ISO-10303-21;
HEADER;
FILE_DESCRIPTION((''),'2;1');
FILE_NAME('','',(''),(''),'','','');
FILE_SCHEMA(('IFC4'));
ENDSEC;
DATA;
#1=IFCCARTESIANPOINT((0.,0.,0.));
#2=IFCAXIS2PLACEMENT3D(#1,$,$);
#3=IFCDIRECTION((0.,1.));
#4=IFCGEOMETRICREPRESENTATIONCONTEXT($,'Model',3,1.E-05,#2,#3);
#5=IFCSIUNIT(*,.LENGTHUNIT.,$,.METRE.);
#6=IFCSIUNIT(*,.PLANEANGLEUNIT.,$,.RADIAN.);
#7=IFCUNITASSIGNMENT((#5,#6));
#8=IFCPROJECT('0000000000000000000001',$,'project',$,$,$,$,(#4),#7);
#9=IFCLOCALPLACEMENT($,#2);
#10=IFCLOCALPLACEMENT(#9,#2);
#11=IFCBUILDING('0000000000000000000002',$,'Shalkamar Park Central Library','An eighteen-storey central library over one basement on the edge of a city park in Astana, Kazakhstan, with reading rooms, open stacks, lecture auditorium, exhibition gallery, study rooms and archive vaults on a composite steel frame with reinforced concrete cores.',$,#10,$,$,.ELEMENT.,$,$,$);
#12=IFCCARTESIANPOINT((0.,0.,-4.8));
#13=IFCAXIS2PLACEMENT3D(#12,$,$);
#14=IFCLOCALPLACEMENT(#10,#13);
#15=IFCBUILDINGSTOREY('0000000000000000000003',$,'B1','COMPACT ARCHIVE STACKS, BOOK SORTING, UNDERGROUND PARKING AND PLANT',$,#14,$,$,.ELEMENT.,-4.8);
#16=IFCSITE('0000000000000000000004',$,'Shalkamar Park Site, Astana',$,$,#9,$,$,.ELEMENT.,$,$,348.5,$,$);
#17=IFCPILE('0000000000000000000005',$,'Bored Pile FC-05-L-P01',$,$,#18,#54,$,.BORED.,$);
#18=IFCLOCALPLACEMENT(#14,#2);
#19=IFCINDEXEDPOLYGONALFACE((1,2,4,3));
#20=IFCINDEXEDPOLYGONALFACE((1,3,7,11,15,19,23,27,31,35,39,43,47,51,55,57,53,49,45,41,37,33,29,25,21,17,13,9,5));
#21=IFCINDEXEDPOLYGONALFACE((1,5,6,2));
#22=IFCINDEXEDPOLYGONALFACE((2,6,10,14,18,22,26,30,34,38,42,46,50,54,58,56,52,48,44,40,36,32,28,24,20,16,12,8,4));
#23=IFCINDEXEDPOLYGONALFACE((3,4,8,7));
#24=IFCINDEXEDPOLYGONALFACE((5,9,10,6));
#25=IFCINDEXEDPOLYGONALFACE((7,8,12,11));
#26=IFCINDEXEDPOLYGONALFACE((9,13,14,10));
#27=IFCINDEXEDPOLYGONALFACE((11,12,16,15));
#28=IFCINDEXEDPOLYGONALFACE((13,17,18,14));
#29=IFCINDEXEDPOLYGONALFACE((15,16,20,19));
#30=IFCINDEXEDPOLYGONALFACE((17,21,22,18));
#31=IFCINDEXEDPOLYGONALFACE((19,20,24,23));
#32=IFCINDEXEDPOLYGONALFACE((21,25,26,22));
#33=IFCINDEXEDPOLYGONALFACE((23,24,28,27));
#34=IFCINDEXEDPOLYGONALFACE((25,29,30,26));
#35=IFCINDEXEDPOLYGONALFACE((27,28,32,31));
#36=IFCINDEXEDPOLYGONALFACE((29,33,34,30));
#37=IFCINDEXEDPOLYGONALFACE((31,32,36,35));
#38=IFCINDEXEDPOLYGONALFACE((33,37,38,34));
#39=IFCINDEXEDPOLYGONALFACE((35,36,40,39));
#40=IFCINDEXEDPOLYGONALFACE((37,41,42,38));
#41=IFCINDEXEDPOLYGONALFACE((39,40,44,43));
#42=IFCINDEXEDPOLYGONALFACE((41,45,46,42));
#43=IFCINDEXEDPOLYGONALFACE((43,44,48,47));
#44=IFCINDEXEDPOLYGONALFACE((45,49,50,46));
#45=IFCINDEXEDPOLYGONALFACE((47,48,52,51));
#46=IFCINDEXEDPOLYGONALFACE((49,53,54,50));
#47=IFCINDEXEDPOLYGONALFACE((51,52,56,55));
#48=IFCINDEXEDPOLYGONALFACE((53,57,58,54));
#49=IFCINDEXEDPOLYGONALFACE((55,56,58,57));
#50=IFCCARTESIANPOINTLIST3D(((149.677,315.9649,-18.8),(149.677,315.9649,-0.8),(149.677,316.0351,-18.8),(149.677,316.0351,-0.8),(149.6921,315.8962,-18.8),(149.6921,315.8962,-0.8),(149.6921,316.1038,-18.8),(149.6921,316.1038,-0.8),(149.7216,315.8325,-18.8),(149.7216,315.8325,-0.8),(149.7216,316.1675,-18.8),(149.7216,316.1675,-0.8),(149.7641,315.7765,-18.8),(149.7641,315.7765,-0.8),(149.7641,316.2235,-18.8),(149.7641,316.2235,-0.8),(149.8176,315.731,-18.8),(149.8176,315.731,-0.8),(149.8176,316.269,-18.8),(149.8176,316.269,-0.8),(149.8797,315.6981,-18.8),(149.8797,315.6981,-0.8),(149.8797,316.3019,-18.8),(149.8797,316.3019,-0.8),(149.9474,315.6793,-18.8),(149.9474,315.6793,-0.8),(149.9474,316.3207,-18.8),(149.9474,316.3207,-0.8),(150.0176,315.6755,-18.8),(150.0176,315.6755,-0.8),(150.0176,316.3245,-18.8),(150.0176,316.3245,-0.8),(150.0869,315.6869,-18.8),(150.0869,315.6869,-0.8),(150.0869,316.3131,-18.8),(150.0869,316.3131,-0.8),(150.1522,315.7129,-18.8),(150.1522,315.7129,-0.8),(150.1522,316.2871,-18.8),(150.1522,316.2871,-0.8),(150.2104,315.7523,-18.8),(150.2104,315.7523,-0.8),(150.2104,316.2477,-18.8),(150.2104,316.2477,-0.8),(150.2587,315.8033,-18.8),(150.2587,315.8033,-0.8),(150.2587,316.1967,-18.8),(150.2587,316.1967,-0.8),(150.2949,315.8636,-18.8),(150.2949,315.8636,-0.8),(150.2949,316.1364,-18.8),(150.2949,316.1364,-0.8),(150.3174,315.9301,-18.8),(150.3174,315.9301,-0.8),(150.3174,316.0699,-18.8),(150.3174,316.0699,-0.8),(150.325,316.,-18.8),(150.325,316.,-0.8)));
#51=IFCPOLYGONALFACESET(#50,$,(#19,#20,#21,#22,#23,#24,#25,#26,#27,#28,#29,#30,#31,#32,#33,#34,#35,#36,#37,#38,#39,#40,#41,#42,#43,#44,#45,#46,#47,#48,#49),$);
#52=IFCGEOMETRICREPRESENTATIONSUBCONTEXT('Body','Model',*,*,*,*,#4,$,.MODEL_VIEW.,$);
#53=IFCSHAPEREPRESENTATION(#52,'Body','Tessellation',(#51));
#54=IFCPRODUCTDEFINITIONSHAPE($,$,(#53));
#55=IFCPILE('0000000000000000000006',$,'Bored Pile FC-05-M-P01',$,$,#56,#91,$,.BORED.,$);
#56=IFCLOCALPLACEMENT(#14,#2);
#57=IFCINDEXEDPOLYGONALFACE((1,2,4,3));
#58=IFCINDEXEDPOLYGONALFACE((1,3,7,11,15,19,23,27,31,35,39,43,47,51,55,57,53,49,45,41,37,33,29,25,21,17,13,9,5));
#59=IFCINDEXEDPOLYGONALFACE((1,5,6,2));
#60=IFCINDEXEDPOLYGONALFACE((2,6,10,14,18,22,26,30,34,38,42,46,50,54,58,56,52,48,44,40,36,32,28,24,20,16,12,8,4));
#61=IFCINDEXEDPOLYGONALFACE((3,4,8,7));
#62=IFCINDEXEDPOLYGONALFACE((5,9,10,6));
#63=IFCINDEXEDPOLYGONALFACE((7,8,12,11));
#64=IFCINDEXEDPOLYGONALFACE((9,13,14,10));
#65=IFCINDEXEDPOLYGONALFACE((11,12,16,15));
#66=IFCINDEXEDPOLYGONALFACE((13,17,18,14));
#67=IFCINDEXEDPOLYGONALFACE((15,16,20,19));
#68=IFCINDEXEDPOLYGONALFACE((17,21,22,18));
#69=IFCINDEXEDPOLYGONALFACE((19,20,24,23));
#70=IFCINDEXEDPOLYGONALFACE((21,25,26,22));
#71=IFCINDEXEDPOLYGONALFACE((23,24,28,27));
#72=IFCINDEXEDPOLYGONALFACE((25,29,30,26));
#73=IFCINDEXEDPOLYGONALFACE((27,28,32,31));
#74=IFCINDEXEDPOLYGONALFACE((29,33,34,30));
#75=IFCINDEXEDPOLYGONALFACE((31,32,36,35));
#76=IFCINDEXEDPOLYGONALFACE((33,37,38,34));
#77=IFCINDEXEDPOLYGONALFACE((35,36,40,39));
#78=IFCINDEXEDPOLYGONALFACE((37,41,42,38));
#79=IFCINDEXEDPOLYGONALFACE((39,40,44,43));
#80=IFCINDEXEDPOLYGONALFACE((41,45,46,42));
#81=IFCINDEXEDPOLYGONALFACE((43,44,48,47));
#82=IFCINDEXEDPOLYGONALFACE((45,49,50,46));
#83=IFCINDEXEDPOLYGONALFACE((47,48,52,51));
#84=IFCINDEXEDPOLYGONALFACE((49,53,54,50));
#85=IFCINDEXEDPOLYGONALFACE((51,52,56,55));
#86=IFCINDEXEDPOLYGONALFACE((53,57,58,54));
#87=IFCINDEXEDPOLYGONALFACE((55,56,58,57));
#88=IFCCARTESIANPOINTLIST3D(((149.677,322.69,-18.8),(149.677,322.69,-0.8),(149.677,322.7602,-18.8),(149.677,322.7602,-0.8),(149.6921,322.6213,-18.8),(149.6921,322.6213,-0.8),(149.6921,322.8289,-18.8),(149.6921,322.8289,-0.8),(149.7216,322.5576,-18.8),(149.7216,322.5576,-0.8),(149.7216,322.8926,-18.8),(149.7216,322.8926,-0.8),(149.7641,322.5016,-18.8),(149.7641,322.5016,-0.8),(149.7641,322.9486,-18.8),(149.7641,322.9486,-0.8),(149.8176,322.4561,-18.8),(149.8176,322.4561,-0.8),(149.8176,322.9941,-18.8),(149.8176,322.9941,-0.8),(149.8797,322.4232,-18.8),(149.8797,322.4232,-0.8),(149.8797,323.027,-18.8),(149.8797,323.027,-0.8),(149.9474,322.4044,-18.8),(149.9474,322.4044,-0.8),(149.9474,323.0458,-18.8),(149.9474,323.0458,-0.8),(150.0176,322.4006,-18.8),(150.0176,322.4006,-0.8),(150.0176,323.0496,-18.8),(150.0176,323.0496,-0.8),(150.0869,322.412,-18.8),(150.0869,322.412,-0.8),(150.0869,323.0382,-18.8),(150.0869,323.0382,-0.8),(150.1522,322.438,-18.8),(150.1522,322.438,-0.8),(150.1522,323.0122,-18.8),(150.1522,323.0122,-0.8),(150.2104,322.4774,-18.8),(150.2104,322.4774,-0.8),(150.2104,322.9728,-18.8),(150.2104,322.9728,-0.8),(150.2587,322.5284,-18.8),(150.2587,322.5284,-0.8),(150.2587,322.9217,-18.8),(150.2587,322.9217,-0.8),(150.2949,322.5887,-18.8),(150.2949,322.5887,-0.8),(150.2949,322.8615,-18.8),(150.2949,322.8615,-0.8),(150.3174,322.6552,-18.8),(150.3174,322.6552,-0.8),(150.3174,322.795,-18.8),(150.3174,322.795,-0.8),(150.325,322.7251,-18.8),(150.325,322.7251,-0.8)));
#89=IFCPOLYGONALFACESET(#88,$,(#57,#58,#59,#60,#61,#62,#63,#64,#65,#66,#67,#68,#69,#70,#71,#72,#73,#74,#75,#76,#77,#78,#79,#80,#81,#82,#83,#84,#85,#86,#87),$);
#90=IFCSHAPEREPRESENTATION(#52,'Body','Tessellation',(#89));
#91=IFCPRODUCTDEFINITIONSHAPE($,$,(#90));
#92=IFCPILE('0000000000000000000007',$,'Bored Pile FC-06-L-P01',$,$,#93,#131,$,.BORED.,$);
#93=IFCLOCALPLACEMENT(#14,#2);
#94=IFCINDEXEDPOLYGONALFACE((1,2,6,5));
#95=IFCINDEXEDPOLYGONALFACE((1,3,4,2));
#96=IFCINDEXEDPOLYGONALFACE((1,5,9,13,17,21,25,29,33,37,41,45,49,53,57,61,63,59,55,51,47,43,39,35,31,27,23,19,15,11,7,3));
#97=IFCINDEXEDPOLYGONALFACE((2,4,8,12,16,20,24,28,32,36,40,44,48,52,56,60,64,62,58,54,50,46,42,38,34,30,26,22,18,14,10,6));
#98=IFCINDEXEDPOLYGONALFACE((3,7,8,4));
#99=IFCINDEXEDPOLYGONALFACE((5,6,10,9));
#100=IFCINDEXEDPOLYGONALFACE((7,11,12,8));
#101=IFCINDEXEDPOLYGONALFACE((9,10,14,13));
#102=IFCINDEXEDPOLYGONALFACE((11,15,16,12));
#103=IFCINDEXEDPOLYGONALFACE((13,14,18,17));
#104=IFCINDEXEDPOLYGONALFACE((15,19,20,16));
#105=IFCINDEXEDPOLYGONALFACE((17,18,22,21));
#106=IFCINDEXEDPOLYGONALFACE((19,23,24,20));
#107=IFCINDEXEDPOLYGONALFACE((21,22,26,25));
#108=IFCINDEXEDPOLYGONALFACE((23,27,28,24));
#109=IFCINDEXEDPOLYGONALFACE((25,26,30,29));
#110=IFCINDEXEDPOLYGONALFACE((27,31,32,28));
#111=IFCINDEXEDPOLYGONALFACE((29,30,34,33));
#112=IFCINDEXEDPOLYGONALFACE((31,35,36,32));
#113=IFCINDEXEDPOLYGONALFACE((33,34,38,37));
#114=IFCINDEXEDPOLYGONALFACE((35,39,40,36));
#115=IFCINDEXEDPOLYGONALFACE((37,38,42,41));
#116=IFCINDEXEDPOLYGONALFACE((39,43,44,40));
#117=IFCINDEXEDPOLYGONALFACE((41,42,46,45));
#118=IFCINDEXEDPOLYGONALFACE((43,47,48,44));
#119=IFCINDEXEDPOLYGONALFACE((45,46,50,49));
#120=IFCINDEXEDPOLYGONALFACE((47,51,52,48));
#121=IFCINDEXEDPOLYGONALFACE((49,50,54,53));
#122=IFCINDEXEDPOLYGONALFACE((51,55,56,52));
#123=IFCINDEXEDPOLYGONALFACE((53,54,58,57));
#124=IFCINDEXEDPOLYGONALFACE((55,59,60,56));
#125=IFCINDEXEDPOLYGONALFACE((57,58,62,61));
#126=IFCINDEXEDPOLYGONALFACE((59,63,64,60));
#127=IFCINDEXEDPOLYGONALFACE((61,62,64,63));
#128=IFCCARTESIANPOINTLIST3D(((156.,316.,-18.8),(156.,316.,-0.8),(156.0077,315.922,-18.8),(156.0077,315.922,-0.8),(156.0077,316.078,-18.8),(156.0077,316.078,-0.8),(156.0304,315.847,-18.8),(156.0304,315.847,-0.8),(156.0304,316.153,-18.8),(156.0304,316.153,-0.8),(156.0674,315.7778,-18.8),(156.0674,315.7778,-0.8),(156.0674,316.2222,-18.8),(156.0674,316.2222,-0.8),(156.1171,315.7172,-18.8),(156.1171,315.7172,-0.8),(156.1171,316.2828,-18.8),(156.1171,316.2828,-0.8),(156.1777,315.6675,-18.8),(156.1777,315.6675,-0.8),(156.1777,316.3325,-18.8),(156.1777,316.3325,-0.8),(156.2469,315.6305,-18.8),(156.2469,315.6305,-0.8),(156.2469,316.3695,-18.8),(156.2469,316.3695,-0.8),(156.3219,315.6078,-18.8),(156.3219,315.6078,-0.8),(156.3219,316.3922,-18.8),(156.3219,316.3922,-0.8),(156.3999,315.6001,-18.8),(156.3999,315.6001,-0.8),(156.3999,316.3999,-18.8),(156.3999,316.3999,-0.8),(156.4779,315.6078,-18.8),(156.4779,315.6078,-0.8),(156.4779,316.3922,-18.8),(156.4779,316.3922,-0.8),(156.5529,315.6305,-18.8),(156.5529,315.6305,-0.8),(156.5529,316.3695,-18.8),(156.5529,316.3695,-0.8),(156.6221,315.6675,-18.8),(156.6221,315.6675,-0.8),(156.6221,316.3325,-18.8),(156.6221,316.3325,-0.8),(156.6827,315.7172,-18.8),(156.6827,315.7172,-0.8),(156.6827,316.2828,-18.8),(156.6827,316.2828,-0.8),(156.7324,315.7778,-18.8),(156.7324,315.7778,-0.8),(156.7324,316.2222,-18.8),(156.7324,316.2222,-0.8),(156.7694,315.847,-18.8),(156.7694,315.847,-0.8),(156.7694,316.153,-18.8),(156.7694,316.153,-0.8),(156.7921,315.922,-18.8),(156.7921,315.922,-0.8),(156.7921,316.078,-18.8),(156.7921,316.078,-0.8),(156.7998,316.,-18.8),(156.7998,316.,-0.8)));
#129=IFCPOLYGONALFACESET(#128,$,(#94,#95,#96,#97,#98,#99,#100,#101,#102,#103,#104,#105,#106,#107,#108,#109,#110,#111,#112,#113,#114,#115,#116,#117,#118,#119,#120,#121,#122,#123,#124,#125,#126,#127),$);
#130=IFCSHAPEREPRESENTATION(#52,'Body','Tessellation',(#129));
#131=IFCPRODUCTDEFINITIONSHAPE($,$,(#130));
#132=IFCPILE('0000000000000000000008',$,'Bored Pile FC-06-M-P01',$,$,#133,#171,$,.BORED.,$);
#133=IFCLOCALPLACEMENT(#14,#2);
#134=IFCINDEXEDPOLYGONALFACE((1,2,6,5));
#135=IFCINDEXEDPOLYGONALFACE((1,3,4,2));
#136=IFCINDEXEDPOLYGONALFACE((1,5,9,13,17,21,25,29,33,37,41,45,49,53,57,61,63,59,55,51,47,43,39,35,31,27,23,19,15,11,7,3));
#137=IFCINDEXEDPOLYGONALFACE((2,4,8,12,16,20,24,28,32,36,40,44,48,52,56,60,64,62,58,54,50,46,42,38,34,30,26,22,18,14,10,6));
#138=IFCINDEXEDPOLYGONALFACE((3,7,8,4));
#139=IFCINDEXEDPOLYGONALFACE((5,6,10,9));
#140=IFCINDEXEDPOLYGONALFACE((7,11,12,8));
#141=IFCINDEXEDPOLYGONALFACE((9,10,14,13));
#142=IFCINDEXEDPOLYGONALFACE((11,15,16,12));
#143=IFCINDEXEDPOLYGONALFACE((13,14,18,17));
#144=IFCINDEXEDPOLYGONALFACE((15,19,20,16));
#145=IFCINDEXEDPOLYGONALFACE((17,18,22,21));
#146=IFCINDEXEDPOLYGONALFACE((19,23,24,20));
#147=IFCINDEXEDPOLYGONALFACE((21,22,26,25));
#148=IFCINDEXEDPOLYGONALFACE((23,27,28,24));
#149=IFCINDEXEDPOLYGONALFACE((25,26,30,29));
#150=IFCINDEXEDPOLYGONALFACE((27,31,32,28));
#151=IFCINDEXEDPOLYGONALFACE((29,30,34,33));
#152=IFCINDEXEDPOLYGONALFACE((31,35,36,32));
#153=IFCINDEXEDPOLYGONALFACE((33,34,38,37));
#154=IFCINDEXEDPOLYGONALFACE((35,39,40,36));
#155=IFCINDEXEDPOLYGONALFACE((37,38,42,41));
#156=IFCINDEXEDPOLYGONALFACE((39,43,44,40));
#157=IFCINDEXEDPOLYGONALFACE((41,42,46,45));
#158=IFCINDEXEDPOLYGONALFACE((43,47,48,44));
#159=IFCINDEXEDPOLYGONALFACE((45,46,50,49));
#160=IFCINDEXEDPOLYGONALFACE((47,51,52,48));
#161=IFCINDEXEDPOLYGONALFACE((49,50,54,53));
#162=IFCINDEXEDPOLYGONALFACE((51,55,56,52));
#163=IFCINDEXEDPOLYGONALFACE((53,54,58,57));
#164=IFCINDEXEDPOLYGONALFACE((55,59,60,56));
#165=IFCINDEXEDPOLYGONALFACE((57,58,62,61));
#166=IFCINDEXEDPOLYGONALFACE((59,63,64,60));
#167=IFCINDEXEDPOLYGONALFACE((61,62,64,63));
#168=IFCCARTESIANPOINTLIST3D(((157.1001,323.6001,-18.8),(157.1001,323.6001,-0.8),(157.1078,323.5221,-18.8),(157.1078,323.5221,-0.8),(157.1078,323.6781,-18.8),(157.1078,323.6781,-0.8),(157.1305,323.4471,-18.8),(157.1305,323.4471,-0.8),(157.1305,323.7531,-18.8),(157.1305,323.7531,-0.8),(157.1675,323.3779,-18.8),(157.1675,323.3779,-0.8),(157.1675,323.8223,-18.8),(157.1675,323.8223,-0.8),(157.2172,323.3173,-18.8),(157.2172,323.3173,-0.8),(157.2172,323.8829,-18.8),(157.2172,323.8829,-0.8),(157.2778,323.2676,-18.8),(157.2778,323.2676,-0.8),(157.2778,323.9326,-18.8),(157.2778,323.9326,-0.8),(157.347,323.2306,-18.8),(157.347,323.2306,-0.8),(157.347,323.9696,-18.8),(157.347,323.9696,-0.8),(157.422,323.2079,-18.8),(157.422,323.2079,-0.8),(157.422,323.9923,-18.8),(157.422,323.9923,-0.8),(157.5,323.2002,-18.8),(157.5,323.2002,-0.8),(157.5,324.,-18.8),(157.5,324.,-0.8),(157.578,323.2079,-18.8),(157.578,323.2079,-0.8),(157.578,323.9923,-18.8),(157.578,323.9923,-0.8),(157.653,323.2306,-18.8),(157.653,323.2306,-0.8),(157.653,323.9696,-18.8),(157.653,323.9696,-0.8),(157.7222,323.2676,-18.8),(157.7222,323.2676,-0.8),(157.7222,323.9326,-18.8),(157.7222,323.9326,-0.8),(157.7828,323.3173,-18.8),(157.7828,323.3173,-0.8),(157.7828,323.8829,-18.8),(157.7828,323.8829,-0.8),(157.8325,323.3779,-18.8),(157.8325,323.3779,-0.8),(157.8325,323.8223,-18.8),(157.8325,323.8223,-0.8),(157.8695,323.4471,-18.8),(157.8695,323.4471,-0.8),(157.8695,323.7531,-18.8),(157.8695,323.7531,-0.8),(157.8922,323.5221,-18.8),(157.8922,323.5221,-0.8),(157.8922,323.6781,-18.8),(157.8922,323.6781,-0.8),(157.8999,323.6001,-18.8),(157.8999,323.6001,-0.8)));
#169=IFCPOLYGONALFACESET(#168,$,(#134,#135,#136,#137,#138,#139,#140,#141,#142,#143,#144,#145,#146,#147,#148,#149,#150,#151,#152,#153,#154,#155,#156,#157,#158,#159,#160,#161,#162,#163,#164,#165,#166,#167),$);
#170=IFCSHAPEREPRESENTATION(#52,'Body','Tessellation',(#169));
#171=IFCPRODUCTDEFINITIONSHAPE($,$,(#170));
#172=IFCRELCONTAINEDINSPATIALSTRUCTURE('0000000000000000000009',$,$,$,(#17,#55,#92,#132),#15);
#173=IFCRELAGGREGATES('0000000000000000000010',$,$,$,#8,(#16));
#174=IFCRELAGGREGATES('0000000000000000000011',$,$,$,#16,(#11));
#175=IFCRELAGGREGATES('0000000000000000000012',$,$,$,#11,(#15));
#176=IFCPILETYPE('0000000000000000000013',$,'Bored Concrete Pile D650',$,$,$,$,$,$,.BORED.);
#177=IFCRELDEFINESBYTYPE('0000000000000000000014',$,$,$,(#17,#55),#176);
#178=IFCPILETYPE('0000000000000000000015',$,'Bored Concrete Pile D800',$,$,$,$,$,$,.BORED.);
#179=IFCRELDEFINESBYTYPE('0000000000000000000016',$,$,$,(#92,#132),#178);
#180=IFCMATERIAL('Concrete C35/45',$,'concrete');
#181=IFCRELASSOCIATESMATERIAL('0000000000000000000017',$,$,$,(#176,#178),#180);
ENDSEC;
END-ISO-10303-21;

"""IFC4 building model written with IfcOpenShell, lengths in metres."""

from ifc_helpers import new_model, si_unit, direction, frame, origin, origin_2d, place, context, subcontext, project, spatial, circle, extrude, material, material_profile, profile_set, type_object, element, save


model = new_model("IFC4")

# Units and contexts
model_context = context("Model", 3, precision=1e-05, world=origin(), true_north=direction((0.0, 1.0)))
body_context = subcontext(model_context, "Body", "Model", "MODEL_VIEW")
ifc_project = project(units=[si_unit("LENGTHUNIT", "METRE"), si_unit("PLANEANGLEUNIT", "RADIAN")], contexts=[model_context])

# Site, building, storey
site_placement = place(None, origin())
site = spatial("IfcSite", under=ifc_project, at=site_placement, Name="Shalkamar Park Site, Astana", CompositionType="ELEMENT", RefElevation=348.5)
building_placement = place(site_placement, origin())
building = spatial("IfcBuilding", under=site, at=building_placement, Name="Shalkamar Park Central Library", Description="An eighteen-storey central library over one basement on the edge of a city park in Astana, Kazakhstan, with reading rooms, open stacks, lecture auditorium, exhibition gallery, study rooms and archive vaults on a composite steel frame with reinforced concrete cores.", CompositionType="ELEMENT")
storey_placement = place(building_placement, frame((0.0, 0.0, -4.8)))
storey = spatial("IfcBuildingStorey", under=building, at=storey_placement, Name="B1", Description="COMPACT ARCHIVE STACKS, BOOK SORTING, UNDERGROUND PARKING AND PLANT", CompositionType="ELEMENT", Elevation=-4.8)

# Piles
ifc_material_1 = material(Name="Concrete C35/45", Category="concrete")
ifc_material_profile_1 = material_profile(ifc_material_1, circle(Radius=0.325, at=origin_2d()), Name="PILE D650")
ifc_profile_set_1 = profile_set([ifc_material_profile_1], Name="Concrete C35/45")
pile_type_1 = type_object("IfcPileType", Name="Bored Concrete Pile D650", PredefinedType="BORED", material=ifc_profile_set_1)
for number, where, z_axis, x_axis, name in (
    (1, (150.0, 316.0, -0.8), (0.0, 0.0, -1.0), (1.0, 0.0, 0.0), "Bored Pile FC-05-L-P01"),
    (2, (150.0, 322.7251, -0.8), (0.0, 0.0, -1.0), (1.0, 0.0, 0.0), "Bored Pile FC-05-M-P01"),
):
    element("IfcPile", number, at=place(storey_placement, frame(where, z_axis=z_axis, x_axis=x_axis)), inside=storey, type_object=pile_type_1, Name=name, PredefinedType="BORED", context=body_context, shape_type="SweptSolid", body=[
        extrude(circle(Radius=0.325, at=origin_2d()), origin(), (0.0, 0.0, 1.0), 18.0),
    ])
ifc_material_profile_2 = material_profile(ifc_material_1, circle(Radius=0.3999, at=origin_2d()), Name="PILE D800")
ifc_profile_set_2 = profile_set([ifc_material_profile_2], Name="Concrete C35/45")
pile_type_2 = type_object("IfcPileType", Name="Bored Concrete Pile D800", PredefinedType="BORED", material=ifc_profile_set_2)
for number, where, z_axis, x_axis, name in (
    (3, (156.3999, 316.0, -0.8), (0.0, 0.0, -1.0), (1.0, 0.0, 0.0), "Bored Pile FC-06-L-P01"),
    (4, (157.5, 323.6001, -0.8), (0.0, 0.0, -1.0), (1.0, 0.0, 0.0), "Bored Pile FC-06-M-P01"),
):
    element("IfcPile", number, at=place(storey_placement, frame(where, z_axis=z_axis, x_axis=x_axis)), inside=storey, type_object=pile_type_2, Name=name, PredefinedType="BORED", context=body_context, shape_type="SweptSolid", body=[
        extrude(circle(Radius=0.3999, at=origin_2d()), origin(), (0.0, 0.0, 1.0), 18.0),
    ])

save(model, "model.ifc")
